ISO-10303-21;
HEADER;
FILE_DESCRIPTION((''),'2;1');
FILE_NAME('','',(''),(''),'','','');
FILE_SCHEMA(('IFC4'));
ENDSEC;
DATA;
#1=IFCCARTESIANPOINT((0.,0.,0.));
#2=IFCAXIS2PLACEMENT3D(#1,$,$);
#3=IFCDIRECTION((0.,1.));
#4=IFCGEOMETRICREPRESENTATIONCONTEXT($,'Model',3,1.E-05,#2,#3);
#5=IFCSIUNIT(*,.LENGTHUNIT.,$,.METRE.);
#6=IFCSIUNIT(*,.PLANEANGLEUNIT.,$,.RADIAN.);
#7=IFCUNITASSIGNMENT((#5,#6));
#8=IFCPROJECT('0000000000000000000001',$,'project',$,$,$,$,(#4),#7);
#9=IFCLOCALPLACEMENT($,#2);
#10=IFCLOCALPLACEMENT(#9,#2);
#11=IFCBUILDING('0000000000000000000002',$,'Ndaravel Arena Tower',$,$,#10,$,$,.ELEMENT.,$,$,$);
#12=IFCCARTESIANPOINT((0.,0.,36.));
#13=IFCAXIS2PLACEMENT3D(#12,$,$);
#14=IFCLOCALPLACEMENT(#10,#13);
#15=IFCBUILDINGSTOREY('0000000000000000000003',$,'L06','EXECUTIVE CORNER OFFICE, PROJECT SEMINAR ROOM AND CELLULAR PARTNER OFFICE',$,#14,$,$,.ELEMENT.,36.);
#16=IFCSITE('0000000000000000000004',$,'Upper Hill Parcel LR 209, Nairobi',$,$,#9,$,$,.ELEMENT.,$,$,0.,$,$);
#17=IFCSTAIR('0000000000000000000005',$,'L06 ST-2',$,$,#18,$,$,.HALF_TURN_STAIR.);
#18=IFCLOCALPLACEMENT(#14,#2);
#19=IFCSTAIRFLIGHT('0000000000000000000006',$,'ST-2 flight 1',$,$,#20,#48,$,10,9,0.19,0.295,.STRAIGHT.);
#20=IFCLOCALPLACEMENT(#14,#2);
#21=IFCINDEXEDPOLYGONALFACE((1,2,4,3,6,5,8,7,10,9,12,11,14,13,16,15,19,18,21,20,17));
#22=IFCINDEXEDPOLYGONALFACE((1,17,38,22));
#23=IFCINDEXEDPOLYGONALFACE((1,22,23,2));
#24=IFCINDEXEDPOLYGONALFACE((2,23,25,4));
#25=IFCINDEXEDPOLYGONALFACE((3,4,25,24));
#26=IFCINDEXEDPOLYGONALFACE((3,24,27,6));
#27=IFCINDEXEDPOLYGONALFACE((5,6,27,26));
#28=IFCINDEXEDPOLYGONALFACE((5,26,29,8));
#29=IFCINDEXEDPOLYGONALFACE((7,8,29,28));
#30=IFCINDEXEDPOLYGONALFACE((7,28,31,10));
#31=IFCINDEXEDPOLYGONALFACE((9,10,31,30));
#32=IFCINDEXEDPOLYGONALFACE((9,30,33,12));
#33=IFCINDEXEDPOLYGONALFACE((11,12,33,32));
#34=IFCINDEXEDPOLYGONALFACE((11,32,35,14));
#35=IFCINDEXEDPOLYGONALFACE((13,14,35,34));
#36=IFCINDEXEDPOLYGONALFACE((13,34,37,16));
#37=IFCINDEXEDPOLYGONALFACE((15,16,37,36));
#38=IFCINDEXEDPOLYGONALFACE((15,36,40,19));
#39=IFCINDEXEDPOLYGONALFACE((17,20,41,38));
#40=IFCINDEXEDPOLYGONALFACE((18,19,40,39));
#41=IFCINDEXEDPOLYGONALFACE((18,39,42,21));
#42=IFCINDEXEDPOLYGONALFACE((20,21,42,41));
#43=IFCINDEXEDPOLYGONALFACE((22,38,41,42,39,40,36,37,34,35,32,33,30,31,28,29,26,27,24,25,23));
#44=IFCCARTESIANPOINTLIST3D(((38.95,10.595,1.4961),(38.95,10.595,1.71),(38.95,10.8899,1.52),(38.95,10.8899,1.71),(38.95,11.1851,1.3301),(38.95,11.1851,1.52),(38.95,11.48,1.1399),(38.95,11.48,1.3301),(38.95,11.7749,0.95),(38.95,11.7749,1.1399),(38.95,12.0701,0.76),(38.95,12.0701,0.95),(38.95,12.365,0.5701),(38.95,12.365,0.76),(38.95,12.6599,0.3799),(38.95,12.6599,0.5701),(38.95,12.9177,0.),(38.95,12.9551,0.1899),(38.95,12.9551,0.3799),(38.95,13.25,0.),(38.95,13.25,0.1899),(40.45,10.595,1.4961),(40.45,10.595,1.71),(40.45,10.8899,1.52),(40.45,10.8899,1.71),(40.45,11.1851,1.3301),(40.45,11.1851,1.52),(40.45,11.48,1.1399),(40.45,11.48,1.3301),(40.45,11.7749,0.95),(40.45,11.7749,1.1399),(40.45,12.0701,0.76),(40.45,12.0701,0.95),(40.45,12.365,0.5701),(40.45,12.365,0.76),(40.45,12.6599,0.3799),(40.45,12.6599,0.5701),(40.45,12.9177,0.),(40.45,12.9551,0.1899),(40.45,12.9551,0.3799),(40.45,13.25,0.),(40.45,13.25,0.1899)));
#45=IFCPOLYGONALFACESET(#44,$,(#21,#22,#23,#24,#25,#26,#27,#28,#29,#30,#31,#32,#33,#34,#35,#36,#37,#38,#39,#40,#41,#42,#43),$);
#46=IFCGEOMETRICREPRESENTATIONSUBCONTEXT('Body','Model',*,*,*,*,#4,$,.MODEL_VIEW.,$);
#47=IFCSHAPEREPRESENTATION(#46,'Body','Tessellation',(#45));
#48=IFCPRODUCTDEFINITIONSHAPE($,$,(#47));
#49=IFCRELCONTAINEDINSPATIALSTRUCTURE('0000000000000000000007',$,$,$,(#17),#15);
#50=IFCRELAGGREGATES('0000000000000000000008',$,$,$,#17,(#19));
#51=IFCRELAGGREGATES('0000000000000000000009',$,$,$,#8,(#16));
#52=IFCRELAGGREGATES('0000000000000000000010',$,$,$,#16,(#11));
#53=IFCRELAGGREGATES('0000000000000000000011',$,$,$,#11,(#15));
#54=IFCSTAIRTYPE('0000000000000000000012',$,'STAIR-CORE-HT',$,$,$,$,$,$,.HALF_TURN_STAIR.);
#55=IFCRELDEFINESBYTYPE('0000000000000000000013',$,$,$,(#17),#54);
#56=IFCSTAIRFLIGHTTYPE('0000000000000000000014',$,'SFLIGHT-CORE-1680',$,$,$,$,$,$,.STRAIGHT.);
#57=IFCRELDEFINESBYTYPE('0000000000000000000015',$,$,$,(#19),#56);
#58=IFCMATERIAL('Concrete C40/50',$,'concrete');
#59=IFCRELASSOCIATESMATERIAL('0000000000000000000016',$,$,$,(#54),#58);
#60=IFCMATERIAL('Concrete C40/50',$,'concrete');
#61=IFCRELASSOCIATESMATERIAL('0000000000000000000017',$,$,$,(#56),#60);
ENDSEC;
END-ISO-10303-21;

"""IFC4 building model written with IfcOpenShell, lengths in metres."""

from ifc_helpers import new_model, si_unit, direction, frame, origin, place, context, subcontext, project, spatial, polyline, outline, extrude, material, type_object, element, aggregate, save


model = new_model("IFC4")

# Units and contexts
model_context = context("Model", 3, precision=1e-05, world=origin(), true_north=direction((0.0, 1.0)))
body_context = subcontext(model_context, "Body", "Model", "MODEL_VIEW")
ifc_project = project(units=[si_unit("LENGTHUNIT", "METRE"), si_unit("PLANEANGLEUNIT", "RADIAN")], contexts=[model_context])

# Site, building, storey
site_placement = place(None, origin())
site = spatial("IfcSite", under=ifc_project, at=site_placement, Name="Upper Hill Parcel LR 209, Nairobi", CompositionType="ELEMENT", RefElevation=0.0)
building_placement = place(site_placement, origin())
building = spatial("IfcBuilding", under=site, at=building_placement, Name="Ndaravel Arena Tower", CompositionType="ELEMENT")
storey_placement = place(building_placement, frame((0.0, 0.0, 36.0)))
storey = spatial("IfcBuildingStorey", under=building, at=storey_placement, Name="L06", Description="EXECUTIVE CORNER OFFICE, PROJECT SEMINAR ROOM AND CELLULAR PARTNER OFFICE", CompositionType="ELEMENT", Elevation=36.0)

# Stair, stair flight
ifc_material_1 = material(Name="Concrete C40/50", Category="concrete")
stair_type = type_object("IfcStairType", Name="STAIR-CORE-HT", PredefinedType="HALF_TURN_STAIR", material=ifc_material_1)
stair_placement = place(storey_placement, origin())
stair = element("IfcStair", 1, at=stair_placement, inside=storey, type_object=stair_type, Name="L06 ST-2", PredefinedType="HALF_TURN_STAIR")
ifc_material_2 = material(Name="Concrete C40/50", Category="concrete")
stair_flight_type = type_object("IfcStairFlightType", Name="SFLIGHT-CORE-1680", PredefinedType="STRAIGHT", material=ifc_material_2)
stair_flight_placement = place(storey_placement, frame((39.7, 13.25, 0.0), z_axis=(0.0, 0.0, 1.0), x_axis=(0.0, -1.0, 0.0)))
stair_flight = element("IfcStairFlight", 2, at=stair_flight_placement, type_object=stair_flight_type, Name="ST-2 flight 1", NumberOfRisers=10, NumberOfTreads=9, PredefinedType="STRAIGHT", RiserHeight=0.19, TreadLength=0.295, context=body_context, shape_type="SweptSolid", body=[
    extrude(outline(polyline([(0.0, 0.0), (0.0, 0.1899), (0.2949, 0.1899), (0.2949, 0.3799), (0.5901, 0.3799), (0.5901, 0.5701), (0.885, 0.5701), (0.885, 0.76), (1.1799, 0.76), (1.1799, 0.95), (1.4751, 0.95), (1.4751, 1.1399), (1.77, 1.1399), (1.77, 1.3301), (2.0649, 1.3301), (2.0649, 1.52), (2.3601, 1.52), (2.3601, 1.71), (2.655, 1.71), (2.655, 1.8999), (2.655, 1.4961), (0.3323, 0.0), (0.0, 0.0)])), frame((0.0, 0.75, 0.0), z_axis=(0.0, -1.0, 0.0), x_axis=(1.0, 0.0, 0.0)), (0.0, 0.0, 1.0), 1.5),
])
aggregate(stair, [stair_flight])

save(model, "model.ifc")
